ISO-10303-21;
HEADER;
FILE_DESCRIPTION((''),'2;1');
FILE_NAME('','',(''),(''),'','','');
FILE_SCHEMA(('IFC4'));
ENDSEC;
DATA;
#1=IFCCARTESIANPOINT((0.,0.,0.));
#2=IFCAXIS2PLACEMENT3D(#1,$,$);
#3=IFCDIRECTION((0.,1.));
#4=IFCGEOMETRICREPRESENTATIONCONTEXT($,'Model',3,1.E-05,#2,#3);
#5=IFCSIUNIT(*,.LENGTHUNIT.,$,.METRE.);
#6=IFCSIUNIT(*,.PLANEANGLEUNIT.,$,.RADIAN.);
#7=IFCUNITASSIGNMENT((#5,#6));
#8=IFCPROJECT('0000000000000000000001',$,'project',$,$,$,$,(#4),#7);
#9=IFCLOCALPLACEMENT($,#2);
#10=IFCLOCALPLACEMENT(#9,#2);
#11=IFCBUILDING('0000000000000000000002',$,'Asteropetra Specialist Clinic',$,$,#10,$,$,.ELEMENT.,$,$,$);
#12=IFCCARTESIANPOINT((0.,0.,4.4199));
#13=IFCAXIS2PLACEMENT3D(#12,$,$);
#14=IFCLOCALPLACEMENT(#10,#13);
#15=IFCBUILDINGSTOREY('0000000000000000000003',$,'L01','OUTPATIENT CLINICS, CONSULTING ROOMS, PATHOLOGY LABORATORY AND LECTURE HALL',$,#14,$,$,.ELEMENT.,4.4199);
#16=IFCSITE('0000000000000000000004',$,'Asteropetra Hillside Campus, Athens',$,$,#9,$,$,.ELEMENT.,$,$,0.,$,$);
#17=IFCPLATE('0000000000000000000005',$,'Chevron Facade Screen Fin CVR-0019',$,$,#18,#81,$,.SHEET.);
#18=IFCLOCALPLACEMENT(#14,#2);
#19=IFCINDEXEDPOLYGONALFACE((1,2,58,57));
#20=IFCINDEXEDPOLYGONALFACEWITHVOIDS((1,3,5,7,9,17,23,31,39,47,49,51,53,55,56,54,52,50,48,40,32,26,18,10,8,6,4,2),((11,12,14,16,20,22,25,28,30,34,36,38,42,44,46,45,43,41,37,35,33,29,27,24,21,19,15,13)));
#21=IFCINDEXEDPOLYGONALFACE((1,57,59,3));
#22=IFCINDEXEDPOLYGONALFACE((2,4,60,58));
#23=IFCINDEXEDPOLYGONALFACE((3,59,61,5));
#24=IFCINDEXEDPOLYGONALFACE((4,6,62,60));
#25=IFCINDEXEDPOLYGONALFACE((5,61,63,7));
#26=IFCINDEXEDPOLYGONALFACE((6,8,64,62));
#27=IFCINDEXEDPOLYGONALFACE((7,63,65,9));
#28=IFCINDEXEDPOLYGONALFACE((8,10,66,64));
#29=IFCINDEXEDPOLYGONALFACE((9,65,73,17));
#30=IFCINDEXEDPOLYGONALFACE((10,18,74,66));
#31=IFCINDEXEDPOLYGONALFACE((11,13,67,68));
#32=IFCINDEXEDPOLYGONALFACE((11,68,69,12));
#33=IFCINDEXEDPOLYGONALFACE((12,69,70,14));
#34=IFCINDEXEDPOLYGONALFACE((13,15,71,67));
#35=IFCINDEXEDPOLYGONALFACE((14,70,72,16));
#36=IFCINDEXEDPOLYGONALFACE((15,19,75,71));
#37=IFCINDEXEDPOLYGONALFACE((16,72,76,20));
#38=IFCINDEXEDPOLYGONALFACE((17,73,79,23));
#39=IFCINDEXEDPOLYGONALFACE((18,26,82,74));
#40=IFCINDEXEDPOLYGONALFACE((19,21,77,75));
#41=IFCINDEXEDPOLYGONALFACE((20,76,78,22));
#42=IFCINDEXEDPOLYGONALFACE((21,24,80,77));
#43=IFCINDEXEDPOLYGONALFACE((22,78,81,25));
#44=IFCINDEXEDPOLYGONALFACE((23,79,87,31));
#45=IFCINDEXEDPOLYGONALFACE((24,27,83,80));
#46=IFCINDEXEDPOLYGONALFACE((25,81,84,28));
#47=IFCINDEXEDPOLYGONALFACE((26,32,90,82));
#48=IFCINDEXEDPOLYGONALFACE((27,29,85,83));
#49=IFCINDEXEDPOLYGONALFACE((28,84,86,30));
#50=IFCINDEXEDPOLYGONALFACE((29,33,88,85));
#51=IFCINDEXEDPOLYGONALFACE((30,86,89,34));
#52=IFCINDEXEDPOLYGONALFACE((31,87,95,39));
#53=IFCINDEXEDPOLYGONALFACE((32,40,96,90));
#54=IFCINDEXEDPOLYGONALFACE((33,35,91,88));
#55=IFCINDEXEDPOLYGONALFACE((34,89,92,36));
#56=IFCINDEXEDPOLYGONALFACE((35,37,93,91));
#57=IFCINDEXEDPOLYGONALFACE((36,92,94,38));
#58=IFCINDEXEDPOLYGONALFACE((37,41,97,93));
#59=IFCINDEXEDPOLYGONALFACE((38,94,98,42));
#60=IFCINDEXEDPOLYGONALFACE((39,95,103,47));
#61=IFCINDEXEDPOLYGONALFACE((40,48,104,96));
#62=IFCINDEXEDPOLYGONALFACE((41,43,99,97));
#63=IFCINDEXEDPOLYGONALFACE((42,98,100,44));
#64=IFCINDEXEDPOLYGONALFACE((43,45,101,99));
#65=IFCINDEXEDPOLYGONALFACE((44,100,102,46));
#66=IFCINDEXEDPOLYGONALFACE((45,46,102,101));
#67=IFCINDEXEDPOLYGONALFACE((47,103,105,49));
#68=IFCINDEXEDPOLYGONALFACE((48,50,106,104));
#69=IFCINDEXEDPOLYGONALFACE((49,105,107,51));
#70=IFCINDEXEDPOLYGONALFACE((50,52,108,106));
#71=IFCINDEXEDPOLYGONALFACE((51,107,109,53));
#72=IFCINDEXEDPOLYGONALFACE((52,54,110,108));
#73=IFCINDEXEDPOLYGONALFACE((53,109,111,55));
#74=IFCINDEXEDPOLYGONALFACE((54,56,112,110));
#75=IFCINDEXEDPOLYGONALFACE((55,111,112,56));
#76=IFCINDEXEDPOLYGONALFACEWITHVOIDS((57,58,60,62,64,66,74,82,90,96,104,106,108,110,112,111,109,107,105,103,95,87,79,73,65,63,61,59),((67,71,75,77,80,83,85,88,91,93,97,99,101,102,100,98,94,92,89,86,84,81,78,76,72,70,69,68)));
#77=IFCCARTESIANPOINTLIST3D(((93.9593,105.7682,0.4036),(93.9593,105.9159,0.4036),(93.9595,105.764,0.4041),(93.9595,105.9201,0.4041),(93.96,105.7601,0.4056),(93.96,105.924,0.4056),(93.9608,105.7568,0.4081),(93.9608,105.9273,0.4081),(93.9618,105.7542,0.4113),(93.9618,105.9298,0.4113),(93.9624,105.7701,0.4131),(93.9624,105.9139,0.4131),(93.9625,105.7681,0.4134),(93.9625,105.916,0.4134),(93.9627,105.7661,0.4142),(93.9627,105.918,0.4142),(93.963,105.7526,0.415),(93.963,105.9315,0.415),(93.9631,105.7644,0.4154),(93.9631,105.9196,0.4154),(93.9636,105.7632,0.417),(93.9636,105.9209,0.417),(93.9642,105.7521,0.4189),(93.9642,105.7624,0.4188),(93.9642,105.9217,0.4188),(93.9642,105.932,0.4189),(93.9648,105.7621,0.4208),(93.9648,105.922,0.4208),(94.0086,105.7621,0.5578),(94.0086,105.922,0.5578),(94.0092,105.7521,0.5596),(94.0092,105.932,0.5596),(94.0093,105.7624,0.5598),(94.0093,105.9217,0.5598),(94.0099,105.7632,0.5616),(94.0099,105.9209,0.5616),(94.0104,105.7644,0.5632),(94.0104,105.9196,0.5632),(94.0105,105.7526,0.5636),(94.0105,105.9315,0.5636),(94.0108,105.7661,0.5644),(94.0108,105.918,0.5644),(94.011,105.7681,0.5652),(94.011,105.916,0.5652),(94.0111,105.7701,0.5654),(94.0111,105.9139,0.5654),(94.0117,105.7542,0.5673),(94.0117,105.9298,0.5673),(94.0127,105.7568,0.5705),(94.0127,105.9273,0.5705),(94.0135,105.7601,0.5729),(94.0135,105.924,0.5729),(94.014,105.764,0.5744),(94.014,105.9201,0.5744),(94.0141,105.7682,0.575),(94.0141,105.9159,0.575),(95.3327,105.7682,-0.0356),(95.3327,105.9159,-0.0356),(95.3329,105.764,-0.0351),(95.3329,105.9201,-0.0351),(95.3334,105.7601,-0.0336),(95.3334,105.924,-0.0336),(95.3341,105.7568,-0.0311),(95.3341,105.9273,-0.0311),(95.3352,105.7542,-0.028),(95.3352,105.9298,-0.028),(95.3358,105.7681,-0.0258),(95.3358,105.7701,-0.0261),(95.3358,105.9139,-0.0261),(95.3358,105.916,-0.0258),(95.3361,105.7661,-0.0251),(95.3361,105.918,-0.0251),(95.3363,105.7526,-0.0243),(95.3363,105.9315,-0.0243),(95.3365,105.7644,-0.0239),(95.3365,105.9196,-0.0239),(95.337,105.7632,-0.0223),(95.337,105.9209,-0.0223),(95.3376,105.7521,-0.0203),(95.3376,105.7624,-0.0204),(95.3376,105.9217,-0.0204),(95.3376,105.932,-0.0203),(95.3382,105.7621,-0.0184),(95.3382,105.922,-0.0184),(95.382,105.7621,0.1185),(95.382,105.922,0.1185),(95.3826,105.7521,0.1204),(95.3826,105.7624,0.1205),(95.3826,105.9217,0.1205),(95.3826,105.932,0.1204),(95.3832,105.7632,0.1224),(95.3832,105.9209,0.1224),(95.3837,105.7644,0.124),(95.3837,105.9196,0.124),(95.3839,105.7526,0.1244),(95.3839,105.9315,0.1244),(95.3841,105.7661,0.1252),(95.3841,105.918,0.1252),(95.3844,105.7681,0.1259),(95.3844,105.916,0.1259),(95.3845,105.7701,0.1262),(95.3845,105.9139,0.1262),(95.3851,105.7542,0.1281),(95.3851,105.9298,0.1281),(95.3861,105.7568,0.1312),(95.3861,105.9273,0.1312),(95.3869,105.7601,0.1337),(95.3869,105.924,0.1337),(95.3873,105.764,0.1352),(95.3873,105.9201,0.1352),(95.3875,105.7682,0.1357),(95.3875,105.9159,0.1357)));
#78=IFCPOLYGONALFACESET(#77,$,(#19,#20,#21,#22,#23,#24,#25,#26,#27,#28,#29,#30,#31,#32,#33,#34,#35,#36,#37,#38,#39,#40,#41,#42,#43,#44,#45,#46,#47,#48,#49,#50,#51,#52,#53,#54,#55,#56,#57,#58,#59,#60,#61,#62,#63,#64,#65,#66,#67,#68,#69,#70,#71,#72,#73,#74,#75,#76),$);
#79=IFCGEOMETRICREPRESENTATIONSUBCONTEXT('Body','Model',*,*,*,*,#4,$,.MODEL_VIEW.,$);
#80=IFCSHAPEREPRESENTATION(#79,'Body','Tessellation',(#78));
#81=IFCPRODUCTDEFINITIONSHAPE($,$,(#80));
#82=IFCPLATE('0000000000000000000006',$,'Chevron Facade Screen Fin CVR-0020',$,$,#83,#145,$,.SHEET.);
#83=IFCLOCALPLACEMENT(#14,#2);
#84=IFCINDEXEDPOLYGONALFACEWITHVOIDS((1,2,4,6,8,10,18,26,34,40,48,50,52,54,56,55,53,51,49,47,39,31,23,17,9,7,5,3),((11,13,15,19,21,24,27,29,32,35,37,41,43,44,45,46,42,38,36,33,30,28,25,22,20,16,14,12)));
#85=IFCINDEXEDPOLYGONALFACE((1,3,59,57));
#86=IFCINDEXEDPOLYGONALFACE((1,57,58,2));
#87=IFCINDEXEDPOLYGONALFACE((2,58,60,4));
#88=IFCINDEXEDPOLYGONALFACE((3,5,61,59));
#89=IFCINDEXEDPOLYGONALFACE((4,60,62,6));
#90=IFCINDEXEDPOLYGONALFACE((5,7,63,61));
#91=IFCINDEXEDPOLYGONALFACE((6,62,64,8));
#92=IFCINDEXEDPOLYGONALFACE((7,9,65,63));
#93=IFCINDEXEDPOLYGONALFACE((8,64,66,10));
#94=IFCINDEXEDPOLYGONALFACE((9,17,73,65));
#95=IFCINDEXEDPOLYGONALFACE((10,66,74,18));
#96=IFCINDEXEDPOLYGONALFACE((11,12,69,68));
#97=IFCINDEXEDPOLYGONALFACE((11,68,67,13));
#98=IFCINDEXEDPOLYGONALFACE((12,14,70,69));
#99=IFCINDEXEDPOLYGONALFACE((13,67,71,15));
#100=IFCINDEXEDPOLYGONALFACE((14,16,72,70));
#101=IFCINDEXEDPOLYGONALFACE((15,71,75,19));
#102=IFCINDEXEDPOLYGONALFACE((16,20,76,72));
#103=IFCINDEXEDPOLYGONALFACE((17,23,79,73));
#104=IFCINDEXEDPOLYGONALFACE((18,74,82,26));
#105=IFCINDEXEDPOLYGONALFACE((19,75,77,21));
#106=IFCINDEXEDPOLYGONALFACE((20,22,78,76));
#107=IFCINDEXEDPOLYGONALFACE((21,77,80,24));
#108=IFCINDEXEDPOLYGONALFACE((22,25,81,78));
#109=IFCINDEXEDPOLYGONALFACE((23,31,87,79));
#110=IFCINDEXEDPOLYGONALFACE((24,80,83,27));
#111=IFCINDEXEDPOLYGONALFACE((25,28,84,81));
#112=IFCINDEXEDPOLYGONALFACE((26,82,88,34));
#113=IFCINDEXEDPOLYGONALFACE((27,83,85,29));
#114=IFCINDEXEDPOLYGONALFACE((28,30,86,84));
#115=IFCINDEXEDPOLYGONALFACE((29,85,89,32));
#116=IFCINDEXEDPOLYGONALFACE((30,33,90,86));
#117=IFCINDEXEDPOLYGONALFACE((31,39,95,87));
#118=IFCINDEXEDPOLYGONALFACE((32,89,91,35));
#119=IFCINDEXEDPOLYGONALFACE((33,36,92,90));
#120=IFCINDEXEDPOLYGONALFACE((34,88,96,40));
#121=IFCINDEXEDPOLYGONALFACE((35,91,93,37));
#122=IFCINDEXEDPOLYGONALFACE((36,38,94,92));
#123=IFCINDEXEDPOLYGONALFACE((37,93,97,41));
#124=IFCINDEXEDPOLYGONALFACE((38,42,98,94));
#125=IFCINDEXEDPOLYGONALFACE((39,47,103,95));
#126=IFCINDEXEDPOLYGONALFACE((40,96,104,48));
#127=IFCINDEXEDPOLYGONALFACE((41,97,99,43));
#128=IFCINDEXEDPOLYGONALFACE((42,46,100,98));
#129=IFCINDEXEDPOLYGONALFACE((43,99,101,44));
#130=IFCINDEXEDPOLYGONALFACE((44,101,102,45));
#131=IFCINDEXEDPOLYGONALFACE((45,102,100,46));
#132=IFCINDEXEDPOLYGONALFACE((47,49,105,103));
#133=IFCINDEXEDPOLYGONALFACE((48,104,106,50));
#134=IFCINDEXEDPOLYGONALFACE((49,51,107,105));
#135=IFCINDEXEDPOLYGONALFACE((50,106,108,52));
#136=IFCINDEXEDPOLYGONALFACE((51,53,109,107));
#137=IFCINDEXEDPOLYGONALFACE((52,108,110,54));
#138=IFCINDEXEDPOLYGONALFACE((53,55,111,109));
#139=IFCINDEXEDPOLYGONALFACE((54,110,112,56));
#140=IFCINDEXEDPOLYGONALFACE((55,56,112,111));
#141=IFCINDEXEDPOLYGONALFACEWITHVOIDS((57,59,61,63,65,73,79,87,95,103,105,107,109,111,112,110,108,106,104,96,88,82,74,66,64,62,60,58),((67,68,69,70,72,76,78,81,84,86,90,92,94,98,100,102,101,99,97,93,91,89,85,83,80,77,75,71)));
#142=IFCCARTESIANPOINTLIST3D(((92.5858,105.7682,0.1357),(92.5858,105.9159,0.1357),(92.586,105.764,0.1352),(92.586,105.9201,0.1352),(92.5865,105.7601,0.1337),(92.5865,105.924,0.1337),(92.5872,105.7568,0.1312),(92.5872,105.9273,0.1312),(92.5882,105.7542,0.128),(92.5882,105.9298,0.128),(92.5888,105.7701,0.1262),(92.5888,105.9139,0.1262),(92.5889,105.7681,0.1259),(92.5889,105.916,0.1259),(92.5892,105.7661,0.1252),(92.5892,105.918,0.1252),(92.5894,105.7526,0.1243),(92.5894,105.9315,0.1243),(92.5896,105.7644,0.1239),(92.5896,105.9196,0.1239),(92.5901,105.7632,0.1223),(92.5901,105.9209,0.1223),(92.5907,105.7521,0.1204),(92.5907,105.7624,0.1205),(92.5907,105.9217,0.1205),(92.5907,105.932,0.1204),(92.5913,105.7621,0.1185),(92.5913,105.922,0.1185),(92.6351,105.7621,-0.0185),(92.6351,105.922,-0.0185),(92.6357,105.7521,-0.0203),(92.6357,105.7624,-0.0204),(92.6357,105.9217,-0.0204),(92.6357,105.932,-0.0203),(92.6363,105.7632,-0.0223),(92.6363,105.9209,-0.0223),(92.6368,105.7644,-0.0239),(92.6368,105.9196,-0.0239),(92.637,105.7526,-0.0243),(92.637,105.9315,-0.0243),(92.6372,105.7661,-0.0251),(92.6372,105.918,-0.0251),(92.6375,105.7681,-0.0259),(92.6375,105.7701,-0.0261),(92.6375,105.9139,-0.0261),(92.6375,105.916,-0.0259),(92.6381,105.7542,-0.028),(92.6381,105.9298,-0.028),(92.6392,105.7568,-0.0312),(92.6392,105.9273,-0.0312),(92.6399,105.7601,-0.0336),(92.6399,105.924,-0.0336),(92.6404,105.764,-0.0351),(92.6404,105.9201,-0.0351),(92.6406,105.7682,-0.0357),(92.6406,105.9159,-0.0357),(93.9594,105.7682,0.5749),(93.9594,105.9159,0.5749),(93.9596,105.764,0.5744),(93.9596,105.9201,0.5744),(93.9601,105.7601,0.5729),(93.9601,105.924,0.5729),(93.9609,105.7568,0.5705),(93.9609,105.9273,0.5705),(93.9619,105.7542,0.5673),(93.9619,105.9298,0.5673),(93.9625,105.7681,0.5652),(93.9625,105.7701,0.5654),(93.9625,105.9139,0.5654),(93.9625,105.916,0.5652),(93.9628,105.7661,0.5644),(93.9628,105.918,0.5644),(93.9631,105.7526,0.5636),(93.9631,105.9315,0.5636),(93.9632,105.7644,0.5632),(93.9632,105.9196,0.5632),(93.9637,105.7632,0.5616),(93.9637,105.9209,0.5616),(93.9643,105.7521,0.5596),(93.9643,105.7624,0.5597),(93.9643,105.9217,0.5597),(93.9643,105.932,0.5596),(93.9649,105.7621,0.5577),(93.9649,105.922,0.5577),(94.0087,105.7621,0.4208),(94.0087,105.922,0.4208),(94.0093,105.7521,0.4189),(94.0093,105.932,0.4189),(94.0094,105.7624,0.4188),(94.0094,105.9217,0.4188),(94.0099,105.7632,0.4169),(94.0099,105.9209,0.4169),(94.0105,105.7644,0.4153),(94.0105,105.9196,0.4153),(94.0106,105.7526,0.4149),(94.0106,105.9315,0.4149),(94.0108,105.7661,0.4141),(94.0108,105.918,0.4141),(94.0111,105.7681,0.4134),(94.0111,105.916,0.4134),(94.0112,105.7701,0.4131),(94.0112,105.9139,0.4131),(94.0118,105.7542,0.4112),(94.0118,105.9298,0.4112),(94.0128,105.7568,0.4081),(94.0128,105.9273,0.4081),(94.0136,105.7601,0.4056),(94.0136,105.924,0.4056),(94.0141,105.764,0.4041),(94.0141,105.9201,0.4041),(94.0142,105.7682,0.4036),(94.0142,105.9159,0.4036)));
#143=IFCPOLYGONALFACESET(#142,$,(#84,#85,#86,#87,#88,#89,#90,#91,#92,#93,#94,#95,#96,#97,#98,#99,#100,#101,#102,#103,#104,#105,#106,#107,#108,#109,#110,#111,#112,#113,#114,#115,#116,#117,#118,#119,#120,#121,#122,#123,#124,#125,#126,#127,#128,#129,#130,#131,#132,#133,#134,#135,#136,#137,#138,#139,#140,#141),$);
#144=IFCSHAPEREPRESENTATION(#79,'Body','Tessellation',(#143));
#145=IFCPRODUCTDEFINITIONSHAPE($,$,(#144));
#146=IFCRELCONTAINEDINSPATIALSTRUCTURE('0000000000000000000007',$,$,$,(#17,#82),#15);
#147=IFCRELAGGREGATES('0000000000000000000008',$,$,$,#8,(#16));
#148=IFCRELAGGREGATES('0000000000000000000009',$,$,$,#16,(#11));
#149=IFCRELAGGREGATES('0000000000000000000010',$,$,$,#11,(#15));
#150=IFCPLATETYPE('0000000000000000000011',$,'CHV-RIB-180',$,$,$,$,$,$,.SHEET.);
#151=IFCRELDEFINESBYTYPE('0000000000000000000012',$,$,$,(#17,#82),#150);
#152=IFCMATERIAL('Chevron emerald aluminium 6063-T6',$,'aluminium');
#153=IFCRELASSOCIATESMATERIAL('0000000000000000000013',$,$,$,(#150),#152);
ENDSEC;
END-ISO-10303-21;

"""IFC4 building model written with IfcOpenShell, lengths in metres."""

from ifc_helpers import new_model, si_unit, direction, frame, origin, origin_2d, place, context, subcontext, project, spatial, hollow_rectangle, extrude, material, material_profile, profile_set, type_object, element, save


model = new_model("IFC4")

# Units and contexts
model_context = context("Model", 3, precision=1e-05, world=origin(), true_north=direction((0.0, 1.0)))
body_context = subcontext(model_context, "Body", "Model", "MODEL_VIEW")
ifc_project = project(units=[si_unit("LENGTHUNIT", "METRE"), si_unit("PLANEANGLEUNIT", "RADIAN")], contexts=[model_context])

# Site, building, storey
site_placement = place(None, origin())
site = spatial("IfcSite", under=ifc_project, at=site_placement, Name="Asteropetra Hillside Campus, Athens", CompositionType="ELEMENT", RefElevation=0.0)
building_placement = place(site_placement, origin())
building = spatial("IfcBuilding", under=site, at=building_placement, Name="Asteropetra Specialist Clinic", CompositionType="ELEMENT")
storey_placement = place(building_placement, frame((0.0, 0.0, 4.4199)))
storey = spatial("IfcBuildingStorey", under=building, at=storey_placement, Name="L01", Description="OUTPATIENT CLINICS, CONSULTING ROOMS, PATHOLOGY LABORATORY AND LECTURE HALL", CompositionType="ELEMENT", Elevation=4.4199)

# Plates
ifc_material_1 = material(Name="Chevron emerald aluminium 6063-T6", Category="aluminium")
ifc_material_profile = material_profile(ifc_material_1, hollow_rectangle(XDim=0.1799, YDim=0.1799, WallThickness=0.01, InnerFilletRadius=0.0081, OuterFilletRadius=0.0161, at=origin_2d()), Name="SHS 180x180x10.0")
ifc_profile_set = profile_set([ifc_material_profile], Name="Chevron emerald aluminium 6063-T6")
plate_type = type_object("IfcPlateType", Name="CHV-RIB-180", PredefinedType="SHEET", material=ifc_profile_set)
plate_1_placement = place(storey_placement, frame((95.3601, 105.842, 0.05), z_axis=(-0.952473, 0.0, 0.304622), x_axis=(0.0, -1.0, 0.0)))
element("IfcPlate", 1, at=plate_1_placement, inside=storey, type_object=plate_type, Name="Chevron Facade Screen Fin CVR-0019", PredefinedType="SHEET", context=body_context, shape_type="SweptSolid", body=[
    extrude(hollow_rectangle(XDim=0.1799, YDim=0.1799, WallThickness=0.01, InnerFilletRadius=0.0081, OuterFilletRadius=0.0161, at=origin_2d()), origin(), (0.0, 0.0, 1.0), 1.4419),
])
plate_2_placement = place(storey_placement, frame((93.9868, 105.842, 0.4893), z_axis=(-0.952489, 0.0, -0.304573), x_axis=(0.0, -1.0, 0.0)))
element("IfcPlate", 2, at=plate_2_placement, inside=storey, type_object=plate_type, Name="Chevron Facade Screen Fin CVR-0020", PredefinedType="SHEET", context=body_context, shape_type="SweptSolid", body=[
    extrude(hollow_rectangle(XDim=0.1799, YDim=0.1799, WallThickness=0.01, InnerFilletRadius=0.0081, OuterFilletRadius=0.0161, at=origin_2d()), origin(), (0.0, 0.0, 1.0), 1.4421),
])

save(model, "model.ifc")
